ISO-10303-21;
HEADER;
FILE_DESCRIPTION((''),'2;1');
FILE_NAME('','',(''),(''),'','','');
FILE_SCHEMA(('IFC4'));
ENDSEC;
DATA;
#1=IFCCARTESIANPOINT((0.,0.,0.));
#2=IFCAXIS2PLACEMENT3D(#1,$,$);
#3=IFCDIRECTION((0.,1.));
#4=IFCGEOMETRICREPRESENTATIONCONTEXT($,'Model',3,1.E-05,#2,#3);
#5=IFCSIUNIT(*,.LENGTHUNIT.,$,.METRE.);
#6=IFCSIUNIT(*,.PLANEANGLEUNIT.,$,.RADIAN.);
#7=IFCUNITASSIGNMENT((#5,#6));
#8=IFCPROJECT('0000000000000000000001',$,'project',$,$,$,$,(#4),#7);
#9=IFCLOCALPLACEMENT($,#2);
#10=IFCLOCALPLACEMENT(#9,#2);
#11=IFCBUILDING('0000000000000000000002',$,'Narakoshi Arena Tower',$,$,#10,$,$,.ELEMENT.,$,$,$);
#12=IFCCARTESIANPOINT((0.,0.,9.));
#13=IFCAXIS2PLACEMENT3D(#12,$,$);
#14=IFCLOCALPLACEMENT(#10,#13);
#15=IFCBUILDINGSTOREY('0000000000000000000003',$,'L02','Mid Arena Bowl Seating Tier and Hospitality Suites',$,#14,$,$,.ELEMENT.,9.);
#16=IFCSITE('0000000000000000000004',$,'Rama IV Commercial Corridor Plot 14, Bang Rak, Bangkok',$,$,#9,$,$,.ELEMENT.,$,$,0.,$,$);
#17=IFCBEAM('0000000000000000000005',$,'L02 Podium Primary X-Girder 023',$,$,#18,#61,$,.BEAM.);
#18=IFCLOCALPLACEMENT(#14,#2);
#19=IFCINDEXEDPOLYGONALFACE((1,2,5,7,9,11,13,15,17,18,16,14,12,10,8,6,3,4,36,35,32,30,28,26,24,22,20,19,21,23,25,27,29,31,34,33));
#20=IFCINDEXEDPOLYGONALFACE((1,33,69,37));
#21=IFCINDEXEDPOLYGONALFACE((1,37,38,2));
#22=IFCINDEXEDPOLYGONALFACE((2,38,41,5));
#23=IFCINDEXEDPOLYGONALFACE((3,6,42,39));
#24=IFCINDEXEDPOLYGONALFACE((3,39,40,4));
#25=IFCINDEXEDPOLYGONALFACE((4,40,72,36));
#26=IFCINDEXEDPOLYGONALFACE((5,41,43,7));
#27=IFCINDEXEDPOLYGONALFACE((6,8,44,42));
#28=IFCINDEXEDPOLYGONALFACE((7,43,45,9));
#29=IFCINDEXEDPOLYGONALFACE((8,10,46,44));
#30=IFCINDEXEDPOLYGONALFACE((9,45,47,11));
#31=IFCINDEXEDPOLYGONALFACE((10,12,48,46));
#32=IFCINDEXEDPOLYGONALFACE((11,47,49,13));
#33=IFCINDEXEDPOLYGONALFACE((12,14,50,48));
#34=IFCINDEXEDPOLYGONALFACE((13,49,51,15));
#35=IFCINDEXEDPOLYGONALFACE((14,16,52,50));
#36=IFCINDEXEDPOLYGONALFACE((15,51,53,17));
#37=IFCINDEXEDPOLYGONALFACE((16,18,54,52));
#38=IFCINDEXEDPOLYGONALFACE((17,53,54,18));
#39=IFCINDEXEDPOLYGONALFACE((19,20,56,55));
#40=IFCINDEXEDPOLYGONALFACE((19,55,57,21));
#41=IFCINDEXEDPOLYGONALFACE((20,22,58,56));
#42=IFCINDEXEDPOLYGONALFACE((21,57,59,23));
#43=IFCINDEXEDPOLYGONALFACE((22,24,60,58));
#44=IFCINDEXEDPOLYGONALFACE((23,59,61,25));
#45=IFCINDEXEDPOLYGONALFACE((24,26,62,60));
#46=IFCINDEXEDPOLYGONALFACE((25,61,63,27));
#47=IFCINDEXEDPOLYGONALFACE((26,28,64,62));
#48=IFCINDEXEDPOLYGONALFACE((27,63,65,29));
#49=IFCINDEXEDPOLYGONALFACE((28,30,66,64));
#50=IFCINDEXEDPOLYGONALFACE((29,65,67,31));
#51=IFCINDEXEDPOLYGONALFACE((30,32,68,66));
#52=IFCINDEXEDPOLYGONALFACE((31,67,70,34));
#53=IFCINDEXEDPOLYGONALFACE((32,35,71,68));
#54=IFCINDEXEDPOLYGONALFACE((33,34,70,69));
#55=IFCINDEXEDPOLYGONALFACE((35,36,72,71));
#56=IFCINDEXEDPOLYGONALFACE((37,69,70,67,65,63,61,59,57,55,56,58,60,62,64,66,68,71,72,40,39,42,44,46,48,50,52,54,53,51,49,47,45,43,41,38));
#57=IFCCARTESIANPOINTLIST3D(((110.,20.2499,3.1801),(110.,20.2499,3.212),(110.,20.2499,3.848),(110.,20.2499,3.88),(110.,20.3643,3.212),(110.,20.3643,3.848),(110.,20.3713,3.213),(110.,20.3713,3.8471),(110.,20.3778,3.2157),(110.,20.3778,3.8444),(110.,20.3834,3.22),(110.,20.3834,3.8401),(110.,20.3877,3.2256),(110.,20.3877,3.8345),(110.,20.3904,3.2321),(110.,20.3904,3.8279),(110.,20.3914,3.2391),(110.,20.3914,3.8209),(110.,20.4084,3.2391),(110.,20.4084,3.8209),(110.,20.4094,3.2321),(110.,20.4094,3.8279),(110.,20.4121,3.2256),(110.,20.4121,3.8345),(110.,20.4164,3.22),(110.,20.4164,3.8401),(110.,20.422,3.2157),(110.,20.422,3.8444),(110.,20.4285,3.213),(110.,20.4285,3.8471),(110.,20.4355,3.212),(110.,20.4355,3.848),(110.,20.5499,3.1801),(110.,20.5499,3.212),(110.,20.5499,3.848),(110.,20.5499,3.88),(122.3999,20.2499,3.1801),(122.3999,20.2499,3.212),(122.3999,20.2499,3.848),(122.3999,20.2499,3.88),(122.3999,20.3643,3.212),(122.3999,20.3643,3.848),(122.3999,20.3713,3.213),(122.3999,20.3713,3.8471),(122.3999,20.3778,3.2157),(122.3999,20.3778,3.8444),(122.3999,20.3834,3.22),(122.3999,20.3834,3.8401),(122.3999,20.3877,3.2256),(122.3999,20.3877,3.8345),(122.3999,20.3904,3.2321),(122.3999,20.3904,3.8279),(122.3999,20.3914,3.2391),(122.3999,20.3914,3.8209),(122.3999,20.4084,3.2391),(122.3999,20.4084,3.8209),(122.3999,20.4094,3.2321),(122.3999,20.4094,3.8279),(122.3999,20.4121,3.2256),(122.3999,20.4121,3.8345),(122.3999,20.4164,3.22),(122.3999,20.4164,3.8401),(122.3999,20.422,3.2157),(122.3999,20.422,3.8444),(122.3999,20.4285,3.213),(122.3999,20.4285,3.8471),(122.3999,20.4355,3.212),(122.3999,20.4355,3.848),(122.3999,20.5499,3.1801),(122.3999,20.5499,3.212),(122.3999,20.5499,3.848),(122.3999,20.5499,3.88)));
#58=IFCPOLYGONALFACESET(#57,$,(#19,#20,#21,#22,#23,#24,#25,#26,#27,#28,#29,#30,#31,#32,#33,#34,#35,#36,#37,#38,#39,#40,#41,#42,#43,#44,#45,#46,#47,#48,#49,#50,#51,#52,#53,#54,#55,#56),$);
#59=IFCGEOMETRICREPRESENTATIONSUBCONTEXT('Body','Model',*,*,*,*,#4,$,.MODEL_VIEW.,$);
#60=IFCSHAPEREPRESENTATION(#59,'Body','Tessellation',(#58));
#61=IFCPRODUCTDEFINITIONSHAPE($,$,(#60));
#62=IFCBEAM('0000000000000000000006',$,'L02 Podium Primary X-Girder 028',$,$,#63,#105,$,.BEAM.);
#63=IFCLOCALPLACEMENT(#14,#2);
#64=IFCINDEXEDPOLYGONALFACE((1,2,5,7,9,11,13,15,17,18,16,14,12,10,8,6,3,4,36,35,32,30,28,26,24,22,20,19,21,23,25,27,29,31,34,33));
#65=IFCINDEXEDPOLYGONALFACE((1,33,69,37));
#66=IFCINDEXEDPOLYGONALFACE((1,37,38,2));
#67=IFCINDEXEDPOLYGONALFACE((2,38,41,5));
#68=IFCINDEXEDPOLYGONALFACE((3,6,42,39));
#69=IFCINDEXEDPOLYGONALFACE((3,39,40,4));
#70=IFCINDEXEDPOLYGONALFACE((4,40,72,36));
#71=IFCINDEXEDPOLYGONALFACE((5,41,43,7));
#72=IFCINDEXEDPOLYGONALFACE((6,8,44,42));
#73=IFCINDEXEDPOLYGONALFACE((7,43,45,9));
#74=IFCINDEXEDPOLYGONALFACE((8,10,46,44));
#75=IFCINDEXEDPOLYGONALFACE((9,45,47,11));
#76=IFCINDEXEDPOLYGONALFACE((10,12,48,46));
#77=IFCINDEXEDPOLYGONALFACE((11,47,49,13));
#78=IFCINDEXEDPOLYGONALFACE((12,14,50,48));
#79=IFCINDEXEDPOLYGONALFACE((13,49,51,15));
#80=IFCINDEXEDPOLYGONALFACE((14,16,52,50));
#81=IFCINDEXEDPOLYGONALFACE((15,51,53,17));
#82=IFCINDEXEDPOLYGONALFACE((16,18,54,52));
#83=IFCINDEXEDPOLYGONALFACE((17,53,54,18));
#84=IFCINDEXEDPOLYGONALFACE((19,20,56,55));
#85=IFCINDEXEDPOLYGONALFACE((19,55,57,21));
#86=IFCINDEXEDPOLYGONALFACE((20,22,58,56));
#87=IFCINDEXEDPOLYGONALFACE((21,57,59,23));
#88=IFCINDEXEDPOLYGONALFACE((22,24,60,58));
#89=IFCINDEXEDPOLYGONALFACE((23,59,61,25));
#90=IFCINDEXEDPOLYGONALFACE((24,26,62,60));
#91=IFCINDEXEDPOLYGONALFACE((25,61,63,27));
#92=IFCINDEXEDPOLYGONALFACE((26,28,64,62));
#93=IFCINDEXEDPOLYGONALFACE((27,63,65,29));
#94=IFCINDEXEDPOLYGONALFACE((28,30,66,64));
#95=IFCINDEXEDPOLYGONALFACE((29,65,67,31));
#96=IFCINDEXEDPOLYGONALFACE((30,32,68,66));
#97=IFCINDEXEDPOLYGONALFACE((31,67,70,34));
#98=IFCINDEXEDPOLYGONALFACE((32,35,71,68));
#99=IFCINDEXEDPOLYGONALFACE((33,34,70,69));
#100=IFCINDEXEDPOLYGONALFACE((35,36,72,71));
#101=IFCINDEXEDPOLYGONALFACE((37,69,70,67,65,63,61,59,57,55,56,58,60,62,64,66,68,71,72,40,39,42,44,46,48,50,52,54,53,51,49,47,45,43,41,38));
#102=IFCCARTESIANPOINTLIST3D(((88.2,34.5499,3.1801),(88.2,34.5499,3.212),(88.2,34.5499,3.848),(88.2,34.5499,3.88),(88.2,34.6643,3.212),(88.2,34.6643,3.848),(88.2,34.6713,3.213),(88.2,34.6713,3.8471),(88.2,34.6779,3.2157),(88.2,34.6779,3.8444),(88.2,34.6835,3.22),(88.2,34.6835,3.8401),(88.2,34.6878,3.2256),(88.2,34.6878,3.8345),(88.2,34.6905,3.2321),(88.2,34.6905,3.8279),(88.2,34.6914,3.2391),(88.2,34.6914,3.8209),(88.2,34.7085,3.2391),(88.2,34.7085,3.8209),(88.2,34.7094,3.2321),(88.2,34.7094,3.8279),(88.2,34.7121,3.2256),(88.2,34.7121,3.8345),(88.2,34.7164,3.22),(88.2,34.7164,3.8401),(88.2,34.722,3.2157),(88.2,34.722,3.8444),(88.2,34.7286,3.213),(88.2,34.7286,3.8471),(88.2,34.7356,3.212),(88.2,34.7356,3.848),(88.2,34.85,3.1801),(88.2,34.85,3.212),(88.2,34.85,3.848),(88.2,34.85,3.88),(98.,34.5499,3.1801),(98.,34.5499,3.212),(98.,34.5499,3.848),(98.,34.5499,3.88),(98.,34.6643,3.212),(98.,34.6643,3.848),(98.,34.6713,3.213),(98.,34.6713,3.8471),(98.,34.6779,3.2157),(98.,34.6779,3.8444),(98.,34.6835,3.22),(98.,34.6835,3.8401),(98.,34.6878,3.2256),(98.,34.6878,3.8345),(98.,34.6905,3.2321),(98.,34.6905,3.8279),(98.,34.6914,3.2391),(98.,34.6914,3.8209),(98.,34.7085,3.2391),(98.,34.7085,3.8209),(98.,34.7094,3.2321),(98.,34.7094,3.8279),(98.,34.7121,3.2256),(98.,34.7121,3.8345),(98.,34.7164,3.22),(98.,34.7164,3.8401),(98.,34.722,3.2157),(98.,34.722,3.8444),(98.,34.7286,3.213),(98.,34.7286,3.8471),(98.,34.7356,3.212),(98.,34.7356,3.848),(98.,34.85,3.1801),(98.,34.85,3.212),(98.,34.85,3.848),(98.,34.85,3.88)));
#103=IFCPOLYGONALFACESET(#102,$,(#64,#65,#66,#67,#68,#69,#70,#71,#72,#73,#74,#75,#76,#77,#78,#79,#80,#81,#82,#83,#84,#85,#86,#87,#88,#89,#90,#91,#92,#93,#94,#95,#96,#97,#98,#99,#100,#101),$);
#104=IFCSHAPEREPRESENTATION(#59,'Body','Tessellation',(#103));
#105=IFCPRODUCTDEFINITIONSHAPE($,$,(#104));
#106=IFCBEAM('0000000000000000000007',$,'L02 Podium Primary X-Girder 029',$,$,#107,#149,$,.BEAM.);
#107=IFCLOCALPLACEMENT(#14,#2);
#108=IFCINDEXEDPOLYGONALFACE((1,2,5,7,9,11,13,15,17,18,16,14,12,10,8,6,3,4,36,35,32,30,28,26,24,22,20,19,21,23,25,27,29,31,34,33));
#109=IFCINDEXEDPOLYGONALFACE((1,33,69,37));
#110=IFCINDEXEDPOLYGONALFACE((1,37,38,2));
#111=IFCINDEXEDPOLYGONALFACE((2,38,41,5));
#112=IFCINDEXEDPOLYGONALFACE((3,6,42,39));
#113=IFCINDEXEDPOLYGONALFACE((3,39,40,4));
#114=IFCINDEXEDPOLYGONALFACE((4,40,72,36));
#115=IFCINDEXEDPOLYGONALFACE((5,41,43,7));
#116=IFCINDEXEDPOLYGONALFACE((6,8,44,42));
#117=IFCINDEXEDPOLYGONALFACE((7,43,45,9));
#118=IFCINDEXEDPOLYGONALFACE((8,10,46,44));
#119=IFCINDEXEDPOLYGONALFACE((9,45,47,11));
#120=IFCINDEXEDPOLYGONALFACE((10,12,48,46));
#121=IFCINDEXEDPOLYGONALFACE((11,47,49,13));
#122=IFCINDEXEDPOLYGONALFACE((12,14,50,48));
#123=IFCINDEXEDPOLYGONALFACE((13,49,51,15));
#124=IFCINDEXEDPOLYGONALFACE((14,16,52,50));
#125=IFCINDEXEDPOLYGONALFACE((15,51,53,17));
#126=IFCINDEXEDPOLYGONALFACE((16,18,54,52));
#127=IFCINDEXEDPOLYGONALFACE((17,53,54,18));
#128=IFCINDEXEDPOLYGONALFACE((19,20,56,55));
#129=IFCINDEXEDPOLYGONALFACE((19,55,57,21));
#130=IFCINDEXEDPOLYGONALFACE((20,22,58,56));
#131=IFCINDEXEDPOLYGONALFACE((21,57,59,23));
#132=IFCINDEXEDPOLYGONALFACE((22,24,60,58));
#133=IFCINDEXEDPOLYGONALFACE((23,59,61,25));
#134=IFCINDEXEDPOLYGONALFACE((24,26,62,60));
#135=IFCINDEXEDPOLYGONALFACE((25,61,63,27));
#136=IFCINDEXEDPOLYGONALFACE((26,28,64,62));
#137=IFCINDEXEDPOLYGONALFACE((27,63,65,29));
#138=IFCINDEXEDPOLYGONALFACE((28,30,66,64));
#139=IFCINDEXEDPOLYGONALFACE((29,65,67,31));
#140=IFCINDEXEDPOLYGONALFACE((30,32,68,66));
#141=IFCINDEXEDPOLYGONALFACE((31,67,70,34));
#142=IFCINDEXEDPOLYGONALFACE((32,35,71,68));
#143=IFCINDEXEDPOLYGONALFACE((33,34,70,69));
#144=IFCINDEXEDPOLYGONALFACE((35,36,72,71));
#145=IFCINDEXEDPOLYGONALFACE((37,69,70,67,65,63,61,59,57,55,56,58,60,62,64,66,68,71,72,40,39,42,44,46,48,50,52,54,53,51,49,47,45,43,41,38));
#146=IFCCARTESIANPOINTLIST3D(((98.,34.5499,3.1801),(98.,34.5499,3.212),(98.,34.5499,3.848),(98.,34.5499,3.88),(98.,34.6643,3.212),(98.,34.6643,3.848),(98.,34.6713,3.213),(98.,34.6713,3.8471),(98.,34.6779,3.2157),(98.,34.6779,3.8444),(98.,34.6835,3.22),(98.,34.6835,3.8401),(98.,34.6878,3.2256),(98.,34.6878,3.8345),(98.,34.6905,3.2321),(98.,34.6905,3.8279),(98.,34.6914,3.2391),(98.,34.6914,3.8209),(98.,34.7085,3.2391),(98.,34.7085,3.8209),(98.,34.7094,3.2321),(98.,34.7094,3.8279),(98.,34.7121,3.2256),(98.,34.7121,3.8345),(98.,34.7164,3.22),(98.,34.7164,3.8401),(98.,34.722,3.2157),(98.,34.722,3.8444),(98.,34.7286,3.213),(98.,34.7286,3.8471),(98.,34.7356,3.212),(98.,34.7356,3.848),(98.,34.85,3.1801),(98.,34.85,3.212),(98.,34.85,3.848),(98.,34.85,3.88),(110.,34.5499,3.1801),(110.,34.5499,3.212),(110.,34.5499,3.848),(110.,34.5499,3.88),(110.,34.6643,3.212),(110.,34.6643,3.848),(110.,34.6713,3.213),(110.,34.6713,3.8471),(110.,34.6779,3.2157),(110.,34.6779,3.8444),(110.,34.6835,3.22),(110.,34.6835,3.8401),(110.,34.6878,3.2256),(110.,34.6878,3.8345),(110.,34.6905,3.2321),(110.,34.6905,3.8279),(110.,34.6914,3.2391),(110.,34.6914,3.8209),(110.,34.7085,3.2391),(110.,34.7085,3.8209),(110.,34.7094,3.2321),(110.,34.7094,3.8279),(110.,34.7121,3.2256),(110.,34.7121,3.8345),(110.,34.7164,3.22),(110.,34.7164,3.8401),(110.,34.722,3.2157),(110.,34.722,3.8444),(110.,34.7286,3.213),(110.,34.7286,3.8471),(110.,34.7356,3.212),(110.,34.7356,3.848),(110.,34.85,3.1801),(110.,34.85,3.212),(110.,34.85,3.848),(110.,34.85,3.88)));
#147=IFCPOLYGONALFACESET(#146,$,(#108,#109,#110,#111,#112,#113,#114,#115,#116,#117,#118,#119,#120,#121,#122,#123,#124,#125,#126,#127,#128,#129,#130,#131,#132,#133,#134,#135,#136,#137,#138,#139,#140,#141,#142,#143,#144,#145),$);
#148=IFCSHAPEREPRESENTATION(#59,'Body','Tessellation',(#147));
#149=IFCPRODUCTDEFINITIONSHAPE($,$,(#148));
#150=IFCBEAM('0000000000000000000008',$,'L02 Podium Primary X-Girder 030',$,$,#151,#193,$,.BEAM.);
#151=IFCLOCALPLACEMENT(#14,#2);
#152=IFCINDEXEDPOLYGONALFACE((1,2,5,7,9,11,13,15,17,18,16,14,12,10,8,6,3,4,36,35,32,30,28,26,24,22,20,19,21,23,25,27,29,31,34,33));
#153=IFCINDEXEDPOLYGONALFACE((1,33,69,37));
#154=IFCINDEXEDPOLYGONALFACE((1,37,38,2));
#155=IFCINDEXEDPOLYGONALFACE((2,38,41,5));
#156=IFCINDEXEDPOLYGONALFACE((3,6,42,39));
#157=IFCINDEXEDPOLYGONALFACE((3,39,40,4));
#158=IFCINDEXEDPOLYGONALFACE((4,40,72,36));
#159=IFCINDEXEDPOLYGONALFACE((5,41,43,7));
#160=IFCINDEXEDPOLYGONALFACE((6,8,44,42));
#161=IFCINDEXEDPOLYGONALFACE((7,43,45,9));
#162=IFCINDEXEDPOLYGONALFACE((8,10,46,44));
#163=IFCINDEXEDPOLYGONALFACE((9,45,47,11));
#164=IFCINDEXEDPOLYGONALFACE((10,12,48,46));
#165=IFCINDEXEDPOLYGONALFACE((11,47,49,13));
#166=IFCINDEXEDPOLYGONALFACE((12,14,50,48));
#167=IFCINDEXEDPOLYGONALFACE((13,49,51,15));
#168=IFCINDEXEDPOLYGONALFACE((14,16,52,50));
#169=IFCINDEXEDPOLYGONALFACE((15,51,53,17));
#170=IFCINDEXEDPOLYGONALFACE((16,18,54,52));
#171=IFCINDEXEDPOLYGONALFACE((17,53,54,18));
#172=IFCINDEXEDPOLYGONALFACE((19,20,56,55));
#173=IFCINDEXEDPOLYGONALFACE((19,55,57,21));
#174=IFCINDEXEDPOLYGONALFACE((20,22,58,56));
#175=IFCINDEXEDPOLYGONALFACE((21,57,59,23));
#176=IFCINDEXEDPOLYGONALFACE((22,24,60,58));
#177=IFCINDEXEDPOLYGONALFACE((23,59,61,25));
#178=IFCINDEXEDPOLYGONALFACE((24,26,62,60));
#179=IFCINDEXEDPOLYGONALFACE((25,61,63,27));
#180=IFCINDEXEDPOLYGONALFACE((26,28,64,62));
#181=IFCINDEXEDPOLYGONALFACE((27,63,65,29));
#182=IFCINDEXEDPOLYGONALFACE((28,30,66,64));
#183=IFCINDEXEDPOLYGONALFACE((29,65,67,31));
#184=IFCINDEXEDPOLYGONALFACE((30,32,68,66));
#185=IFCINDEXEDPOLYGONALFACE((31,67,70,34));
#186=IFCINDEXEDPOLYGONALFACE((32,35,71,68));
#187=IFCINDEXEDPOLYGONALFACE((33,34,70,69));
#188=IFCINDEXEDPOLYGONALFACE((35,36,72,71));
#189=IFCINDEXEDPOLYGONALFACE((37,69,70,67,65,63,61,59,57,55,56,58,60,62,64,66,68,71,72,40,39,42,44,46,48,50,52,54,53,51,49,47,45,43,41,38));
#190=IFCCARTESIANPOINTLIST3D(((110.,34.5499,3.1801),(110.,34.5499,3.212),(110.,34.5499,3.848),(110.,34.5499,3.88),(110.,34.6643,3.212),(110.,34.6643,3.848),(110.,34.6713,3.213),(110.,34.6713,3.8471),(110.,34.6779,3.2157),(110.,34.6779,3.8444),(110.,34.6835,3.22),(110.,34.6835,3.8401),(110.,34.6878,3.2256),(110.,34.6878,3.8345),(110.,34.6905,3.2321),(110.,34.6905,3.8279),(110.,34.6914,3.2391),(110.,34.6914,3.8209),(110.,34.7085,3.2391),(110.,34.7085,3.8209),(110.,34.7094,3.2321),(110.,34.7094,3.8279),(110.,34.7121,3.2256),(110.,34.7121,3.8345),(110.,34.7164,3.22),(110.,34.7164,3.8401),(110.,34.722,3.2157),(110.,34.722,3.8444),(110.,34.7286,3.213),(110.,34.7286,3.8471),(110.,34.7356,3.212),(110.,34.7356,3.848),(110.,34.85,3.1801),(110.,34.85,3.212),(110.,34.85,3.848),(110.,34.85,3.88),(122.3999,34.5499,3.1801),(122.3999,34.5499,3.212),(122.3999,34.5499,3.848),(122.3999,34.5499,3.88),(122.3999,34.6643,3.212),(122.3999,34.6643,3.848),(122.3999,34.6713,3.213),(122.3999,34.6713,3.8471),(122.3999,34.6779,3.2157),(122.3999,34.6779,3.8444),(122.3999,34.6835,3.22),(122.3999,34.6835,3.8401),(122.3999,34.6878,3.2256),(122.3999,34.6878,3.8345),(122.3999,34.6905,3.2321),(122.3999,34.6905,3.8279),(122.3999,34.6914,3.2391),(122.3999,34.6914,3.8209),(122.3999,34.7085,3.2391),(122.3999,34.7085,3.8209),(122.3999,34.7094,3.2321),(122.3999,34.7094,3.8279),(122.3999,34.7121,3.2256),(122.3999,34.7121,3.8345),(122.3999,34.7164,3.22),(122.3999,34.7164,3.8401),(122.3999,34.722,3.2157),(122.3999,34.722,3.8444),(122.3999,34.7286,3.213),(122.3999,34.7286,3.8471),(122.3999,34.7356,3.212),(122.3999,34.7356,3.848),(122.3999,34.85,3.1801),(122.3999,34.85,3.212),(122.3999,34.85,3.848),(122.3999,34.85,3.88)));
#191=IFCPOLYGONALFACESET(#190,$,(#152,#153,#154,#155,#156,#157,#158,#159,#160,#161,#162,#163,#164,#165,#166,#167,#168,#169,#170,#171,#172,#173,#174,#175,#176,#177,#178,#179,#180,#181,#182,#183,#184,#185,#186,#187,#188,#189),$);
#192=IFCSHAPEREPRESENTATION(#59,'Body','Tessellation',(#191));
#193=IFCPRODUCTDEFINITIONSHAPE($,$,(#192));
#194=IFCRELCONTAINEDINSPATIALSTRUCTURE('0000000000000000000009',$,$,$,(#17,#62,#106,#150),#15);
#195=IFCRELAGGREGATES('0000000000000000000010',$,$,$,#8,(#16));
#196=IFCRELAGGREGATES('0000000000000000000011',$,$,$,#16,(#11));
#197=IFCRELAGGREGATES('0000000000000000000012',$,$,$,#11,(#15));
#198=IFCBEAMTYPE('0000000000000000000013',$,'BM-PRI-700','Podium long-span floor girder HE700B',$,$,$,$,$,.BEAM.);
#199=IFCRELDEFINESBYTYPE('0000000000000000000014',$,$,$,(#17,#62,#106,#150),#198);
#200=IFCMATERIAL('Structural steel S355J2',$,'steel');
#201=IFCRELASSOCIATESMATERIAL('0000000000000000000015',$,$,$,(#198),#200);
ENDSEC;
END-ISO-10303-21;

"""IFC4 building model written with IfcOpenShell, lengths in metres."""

from ifc_helpers import new_model, si_unit, direction, frame, origin, origin_2d, place, context, subcontext, project, spatial, i_section, extrude, material, material_profile, profile_set, type_object, element, save


model = new_model("IFC4")

# Units and contexts
model_context = context("Model", 3, precision=1e-05, world=origin(), true_north=direction((0.0, 1.0)))
body_context = subcontext(model_context, "Body", "Model", "MODEL_VIEW")
ifc_project = project(units=[si_unit("LENGTHUNIT", "METRE"), si_unit("PLANEANGLEUNIT", "RADIAN")], contexts=[model_context])

# Site, building, storey
site_placement = place(None, origin())
site = spatial("IfcSite", under=ifc_project, at=site_placement, Name="Rama IV Commercial Corridor Plot 14, Bang Rak, Bangkok", CompositionType="ELEMENT", RefElevation=0.0)
building_placement = place(site_placement, origin())
building = spatial("IfcBuilding", under=site, at=building_placement, Name="Narakoshi Arena Tower", CompositionType="ELEMENT")
storey_placement = place(building_placement, frame((0.0, 0.0, 9.0)))
storey = spatial("IfcBuildingStorey", under=building, at=storey_placement, Name="L02", Description="Mid Arena Bowl Seating Tier and Hospitality Suites", CompositionType="ELEMENT", Elevation=9.0)

# Beams
ifc_material_1 = material(Name="Structural steel S355J2", Category="steel")
ifc_material_profile_1 = material_profile(ifc_material_1, i_section(OverallWidth=0.3, OverallDepth=0.7, WebThickness=0.0171, FlangeThickness=0.032, FilletRadius=0.0271, at=origin_2d()), Name="HE700B")
ifc_profile_set_1 = profile_set([ifc_material_profile_1], Name="Structural steel S355J2")
beam_type_1 = type_object("IfcBeamType", Name="BM-PRI-700", Description="Podium long-span floor girder HE700B", PredefinedType="BEAM", material=ifc_profile_set_1)
beam_1_placement = place(storey_placement, frame((110.0, 20.3999, 3.53), z_axis=(1.0, 0.0, 0.0), x_axis=(0.0, 1.0, 0.0)))
element("IfcBeam", 1, at=beam_1_placement, inside=storey, type_object=beam_type_1, Name="L02 Podium Primary X-Girder 023", PredefinedType="BEAM", context=body_context, shape_type="SweptSolid", body=[
    extrude(i_section(OverallWidth=0.3, OverallDepth=0.7, WebThickness=0.0171, FlangeThickness=0.032, FilletRadius=0.0271, at=origin_2d()), origin(), (0.0, 0.0, 1.0), 12.3999),
])
beam_2_placement = place(storey_placement, frame((88.2, 34.7, 3.53), z_axis=(1.0, 0.0, 0.0), x_axis=(0.0, 1.0, 0.0)))
element("IfcBeam", 2, at=beam_2_placement, inside=storey, type_object=beam_type_1, Name="L02 Podium Primary X-Girder 028", PredefinedType="BEAM", context=body_context, shape_type="SweptSolid", body=[
    extrude(i_section(OverallWidth=0.3, OverallDepth=0.7, WebThickness=0.0171, FlangeThickness=0.032, FilletRadius=0.0271, at=origin_2d()), origin(), (0.0, 0.0, 1.0), 9.8),
])
beam_3_placement = place(storey_placement, frame((98.0, 34.7, 3.53), z_axis=(1.0, 0.0, 0.0), x_axis=(0.0, 1.0, 0.0)))
element("IfcBeam", 3, at=beam_3_placement, inside=storey, type_object=beam_type_1, Name="L02 Podium Primary X-Girder 029", PredefinedType="BEAM", context=body_context, shape_type="SweptSolid", body=[
    extrude(i_section(OverallWidth=0.3, OverallDepth=0.7, WebThickness=0.0171, FlangeThickness=0.032, FilletRadius=0.0271, at=origin_2d()), origin(), (0.0, 0.0, 1.0), 12.0),
])
beam_4_placement = place(storey_placement, frame((110.0, 34.7, 3.53), z_axis=(1.0, 0.0, 0.0), x_axis=(0.0, 1.0, 0.0)))
element("IfcBeam", 4, at=beam_4_placement, inside=storey, type_object=beam_type_1, Name="L02 Podium Primary X-Girder 030", PredefinedType="BEAM", context=body_context, shape_type="SweptSolid", body=[
    extrude(i_section(OverallWidth=0.3, OverallDepth=0.7, WebThickness=0.0171, FlangeThickness=0.032, FilletRadius=0.0271, at=origin_2d()), origin(), (0.0, 0.0, 1.0), 12.3999),
])

save(model, "model.ifc")
